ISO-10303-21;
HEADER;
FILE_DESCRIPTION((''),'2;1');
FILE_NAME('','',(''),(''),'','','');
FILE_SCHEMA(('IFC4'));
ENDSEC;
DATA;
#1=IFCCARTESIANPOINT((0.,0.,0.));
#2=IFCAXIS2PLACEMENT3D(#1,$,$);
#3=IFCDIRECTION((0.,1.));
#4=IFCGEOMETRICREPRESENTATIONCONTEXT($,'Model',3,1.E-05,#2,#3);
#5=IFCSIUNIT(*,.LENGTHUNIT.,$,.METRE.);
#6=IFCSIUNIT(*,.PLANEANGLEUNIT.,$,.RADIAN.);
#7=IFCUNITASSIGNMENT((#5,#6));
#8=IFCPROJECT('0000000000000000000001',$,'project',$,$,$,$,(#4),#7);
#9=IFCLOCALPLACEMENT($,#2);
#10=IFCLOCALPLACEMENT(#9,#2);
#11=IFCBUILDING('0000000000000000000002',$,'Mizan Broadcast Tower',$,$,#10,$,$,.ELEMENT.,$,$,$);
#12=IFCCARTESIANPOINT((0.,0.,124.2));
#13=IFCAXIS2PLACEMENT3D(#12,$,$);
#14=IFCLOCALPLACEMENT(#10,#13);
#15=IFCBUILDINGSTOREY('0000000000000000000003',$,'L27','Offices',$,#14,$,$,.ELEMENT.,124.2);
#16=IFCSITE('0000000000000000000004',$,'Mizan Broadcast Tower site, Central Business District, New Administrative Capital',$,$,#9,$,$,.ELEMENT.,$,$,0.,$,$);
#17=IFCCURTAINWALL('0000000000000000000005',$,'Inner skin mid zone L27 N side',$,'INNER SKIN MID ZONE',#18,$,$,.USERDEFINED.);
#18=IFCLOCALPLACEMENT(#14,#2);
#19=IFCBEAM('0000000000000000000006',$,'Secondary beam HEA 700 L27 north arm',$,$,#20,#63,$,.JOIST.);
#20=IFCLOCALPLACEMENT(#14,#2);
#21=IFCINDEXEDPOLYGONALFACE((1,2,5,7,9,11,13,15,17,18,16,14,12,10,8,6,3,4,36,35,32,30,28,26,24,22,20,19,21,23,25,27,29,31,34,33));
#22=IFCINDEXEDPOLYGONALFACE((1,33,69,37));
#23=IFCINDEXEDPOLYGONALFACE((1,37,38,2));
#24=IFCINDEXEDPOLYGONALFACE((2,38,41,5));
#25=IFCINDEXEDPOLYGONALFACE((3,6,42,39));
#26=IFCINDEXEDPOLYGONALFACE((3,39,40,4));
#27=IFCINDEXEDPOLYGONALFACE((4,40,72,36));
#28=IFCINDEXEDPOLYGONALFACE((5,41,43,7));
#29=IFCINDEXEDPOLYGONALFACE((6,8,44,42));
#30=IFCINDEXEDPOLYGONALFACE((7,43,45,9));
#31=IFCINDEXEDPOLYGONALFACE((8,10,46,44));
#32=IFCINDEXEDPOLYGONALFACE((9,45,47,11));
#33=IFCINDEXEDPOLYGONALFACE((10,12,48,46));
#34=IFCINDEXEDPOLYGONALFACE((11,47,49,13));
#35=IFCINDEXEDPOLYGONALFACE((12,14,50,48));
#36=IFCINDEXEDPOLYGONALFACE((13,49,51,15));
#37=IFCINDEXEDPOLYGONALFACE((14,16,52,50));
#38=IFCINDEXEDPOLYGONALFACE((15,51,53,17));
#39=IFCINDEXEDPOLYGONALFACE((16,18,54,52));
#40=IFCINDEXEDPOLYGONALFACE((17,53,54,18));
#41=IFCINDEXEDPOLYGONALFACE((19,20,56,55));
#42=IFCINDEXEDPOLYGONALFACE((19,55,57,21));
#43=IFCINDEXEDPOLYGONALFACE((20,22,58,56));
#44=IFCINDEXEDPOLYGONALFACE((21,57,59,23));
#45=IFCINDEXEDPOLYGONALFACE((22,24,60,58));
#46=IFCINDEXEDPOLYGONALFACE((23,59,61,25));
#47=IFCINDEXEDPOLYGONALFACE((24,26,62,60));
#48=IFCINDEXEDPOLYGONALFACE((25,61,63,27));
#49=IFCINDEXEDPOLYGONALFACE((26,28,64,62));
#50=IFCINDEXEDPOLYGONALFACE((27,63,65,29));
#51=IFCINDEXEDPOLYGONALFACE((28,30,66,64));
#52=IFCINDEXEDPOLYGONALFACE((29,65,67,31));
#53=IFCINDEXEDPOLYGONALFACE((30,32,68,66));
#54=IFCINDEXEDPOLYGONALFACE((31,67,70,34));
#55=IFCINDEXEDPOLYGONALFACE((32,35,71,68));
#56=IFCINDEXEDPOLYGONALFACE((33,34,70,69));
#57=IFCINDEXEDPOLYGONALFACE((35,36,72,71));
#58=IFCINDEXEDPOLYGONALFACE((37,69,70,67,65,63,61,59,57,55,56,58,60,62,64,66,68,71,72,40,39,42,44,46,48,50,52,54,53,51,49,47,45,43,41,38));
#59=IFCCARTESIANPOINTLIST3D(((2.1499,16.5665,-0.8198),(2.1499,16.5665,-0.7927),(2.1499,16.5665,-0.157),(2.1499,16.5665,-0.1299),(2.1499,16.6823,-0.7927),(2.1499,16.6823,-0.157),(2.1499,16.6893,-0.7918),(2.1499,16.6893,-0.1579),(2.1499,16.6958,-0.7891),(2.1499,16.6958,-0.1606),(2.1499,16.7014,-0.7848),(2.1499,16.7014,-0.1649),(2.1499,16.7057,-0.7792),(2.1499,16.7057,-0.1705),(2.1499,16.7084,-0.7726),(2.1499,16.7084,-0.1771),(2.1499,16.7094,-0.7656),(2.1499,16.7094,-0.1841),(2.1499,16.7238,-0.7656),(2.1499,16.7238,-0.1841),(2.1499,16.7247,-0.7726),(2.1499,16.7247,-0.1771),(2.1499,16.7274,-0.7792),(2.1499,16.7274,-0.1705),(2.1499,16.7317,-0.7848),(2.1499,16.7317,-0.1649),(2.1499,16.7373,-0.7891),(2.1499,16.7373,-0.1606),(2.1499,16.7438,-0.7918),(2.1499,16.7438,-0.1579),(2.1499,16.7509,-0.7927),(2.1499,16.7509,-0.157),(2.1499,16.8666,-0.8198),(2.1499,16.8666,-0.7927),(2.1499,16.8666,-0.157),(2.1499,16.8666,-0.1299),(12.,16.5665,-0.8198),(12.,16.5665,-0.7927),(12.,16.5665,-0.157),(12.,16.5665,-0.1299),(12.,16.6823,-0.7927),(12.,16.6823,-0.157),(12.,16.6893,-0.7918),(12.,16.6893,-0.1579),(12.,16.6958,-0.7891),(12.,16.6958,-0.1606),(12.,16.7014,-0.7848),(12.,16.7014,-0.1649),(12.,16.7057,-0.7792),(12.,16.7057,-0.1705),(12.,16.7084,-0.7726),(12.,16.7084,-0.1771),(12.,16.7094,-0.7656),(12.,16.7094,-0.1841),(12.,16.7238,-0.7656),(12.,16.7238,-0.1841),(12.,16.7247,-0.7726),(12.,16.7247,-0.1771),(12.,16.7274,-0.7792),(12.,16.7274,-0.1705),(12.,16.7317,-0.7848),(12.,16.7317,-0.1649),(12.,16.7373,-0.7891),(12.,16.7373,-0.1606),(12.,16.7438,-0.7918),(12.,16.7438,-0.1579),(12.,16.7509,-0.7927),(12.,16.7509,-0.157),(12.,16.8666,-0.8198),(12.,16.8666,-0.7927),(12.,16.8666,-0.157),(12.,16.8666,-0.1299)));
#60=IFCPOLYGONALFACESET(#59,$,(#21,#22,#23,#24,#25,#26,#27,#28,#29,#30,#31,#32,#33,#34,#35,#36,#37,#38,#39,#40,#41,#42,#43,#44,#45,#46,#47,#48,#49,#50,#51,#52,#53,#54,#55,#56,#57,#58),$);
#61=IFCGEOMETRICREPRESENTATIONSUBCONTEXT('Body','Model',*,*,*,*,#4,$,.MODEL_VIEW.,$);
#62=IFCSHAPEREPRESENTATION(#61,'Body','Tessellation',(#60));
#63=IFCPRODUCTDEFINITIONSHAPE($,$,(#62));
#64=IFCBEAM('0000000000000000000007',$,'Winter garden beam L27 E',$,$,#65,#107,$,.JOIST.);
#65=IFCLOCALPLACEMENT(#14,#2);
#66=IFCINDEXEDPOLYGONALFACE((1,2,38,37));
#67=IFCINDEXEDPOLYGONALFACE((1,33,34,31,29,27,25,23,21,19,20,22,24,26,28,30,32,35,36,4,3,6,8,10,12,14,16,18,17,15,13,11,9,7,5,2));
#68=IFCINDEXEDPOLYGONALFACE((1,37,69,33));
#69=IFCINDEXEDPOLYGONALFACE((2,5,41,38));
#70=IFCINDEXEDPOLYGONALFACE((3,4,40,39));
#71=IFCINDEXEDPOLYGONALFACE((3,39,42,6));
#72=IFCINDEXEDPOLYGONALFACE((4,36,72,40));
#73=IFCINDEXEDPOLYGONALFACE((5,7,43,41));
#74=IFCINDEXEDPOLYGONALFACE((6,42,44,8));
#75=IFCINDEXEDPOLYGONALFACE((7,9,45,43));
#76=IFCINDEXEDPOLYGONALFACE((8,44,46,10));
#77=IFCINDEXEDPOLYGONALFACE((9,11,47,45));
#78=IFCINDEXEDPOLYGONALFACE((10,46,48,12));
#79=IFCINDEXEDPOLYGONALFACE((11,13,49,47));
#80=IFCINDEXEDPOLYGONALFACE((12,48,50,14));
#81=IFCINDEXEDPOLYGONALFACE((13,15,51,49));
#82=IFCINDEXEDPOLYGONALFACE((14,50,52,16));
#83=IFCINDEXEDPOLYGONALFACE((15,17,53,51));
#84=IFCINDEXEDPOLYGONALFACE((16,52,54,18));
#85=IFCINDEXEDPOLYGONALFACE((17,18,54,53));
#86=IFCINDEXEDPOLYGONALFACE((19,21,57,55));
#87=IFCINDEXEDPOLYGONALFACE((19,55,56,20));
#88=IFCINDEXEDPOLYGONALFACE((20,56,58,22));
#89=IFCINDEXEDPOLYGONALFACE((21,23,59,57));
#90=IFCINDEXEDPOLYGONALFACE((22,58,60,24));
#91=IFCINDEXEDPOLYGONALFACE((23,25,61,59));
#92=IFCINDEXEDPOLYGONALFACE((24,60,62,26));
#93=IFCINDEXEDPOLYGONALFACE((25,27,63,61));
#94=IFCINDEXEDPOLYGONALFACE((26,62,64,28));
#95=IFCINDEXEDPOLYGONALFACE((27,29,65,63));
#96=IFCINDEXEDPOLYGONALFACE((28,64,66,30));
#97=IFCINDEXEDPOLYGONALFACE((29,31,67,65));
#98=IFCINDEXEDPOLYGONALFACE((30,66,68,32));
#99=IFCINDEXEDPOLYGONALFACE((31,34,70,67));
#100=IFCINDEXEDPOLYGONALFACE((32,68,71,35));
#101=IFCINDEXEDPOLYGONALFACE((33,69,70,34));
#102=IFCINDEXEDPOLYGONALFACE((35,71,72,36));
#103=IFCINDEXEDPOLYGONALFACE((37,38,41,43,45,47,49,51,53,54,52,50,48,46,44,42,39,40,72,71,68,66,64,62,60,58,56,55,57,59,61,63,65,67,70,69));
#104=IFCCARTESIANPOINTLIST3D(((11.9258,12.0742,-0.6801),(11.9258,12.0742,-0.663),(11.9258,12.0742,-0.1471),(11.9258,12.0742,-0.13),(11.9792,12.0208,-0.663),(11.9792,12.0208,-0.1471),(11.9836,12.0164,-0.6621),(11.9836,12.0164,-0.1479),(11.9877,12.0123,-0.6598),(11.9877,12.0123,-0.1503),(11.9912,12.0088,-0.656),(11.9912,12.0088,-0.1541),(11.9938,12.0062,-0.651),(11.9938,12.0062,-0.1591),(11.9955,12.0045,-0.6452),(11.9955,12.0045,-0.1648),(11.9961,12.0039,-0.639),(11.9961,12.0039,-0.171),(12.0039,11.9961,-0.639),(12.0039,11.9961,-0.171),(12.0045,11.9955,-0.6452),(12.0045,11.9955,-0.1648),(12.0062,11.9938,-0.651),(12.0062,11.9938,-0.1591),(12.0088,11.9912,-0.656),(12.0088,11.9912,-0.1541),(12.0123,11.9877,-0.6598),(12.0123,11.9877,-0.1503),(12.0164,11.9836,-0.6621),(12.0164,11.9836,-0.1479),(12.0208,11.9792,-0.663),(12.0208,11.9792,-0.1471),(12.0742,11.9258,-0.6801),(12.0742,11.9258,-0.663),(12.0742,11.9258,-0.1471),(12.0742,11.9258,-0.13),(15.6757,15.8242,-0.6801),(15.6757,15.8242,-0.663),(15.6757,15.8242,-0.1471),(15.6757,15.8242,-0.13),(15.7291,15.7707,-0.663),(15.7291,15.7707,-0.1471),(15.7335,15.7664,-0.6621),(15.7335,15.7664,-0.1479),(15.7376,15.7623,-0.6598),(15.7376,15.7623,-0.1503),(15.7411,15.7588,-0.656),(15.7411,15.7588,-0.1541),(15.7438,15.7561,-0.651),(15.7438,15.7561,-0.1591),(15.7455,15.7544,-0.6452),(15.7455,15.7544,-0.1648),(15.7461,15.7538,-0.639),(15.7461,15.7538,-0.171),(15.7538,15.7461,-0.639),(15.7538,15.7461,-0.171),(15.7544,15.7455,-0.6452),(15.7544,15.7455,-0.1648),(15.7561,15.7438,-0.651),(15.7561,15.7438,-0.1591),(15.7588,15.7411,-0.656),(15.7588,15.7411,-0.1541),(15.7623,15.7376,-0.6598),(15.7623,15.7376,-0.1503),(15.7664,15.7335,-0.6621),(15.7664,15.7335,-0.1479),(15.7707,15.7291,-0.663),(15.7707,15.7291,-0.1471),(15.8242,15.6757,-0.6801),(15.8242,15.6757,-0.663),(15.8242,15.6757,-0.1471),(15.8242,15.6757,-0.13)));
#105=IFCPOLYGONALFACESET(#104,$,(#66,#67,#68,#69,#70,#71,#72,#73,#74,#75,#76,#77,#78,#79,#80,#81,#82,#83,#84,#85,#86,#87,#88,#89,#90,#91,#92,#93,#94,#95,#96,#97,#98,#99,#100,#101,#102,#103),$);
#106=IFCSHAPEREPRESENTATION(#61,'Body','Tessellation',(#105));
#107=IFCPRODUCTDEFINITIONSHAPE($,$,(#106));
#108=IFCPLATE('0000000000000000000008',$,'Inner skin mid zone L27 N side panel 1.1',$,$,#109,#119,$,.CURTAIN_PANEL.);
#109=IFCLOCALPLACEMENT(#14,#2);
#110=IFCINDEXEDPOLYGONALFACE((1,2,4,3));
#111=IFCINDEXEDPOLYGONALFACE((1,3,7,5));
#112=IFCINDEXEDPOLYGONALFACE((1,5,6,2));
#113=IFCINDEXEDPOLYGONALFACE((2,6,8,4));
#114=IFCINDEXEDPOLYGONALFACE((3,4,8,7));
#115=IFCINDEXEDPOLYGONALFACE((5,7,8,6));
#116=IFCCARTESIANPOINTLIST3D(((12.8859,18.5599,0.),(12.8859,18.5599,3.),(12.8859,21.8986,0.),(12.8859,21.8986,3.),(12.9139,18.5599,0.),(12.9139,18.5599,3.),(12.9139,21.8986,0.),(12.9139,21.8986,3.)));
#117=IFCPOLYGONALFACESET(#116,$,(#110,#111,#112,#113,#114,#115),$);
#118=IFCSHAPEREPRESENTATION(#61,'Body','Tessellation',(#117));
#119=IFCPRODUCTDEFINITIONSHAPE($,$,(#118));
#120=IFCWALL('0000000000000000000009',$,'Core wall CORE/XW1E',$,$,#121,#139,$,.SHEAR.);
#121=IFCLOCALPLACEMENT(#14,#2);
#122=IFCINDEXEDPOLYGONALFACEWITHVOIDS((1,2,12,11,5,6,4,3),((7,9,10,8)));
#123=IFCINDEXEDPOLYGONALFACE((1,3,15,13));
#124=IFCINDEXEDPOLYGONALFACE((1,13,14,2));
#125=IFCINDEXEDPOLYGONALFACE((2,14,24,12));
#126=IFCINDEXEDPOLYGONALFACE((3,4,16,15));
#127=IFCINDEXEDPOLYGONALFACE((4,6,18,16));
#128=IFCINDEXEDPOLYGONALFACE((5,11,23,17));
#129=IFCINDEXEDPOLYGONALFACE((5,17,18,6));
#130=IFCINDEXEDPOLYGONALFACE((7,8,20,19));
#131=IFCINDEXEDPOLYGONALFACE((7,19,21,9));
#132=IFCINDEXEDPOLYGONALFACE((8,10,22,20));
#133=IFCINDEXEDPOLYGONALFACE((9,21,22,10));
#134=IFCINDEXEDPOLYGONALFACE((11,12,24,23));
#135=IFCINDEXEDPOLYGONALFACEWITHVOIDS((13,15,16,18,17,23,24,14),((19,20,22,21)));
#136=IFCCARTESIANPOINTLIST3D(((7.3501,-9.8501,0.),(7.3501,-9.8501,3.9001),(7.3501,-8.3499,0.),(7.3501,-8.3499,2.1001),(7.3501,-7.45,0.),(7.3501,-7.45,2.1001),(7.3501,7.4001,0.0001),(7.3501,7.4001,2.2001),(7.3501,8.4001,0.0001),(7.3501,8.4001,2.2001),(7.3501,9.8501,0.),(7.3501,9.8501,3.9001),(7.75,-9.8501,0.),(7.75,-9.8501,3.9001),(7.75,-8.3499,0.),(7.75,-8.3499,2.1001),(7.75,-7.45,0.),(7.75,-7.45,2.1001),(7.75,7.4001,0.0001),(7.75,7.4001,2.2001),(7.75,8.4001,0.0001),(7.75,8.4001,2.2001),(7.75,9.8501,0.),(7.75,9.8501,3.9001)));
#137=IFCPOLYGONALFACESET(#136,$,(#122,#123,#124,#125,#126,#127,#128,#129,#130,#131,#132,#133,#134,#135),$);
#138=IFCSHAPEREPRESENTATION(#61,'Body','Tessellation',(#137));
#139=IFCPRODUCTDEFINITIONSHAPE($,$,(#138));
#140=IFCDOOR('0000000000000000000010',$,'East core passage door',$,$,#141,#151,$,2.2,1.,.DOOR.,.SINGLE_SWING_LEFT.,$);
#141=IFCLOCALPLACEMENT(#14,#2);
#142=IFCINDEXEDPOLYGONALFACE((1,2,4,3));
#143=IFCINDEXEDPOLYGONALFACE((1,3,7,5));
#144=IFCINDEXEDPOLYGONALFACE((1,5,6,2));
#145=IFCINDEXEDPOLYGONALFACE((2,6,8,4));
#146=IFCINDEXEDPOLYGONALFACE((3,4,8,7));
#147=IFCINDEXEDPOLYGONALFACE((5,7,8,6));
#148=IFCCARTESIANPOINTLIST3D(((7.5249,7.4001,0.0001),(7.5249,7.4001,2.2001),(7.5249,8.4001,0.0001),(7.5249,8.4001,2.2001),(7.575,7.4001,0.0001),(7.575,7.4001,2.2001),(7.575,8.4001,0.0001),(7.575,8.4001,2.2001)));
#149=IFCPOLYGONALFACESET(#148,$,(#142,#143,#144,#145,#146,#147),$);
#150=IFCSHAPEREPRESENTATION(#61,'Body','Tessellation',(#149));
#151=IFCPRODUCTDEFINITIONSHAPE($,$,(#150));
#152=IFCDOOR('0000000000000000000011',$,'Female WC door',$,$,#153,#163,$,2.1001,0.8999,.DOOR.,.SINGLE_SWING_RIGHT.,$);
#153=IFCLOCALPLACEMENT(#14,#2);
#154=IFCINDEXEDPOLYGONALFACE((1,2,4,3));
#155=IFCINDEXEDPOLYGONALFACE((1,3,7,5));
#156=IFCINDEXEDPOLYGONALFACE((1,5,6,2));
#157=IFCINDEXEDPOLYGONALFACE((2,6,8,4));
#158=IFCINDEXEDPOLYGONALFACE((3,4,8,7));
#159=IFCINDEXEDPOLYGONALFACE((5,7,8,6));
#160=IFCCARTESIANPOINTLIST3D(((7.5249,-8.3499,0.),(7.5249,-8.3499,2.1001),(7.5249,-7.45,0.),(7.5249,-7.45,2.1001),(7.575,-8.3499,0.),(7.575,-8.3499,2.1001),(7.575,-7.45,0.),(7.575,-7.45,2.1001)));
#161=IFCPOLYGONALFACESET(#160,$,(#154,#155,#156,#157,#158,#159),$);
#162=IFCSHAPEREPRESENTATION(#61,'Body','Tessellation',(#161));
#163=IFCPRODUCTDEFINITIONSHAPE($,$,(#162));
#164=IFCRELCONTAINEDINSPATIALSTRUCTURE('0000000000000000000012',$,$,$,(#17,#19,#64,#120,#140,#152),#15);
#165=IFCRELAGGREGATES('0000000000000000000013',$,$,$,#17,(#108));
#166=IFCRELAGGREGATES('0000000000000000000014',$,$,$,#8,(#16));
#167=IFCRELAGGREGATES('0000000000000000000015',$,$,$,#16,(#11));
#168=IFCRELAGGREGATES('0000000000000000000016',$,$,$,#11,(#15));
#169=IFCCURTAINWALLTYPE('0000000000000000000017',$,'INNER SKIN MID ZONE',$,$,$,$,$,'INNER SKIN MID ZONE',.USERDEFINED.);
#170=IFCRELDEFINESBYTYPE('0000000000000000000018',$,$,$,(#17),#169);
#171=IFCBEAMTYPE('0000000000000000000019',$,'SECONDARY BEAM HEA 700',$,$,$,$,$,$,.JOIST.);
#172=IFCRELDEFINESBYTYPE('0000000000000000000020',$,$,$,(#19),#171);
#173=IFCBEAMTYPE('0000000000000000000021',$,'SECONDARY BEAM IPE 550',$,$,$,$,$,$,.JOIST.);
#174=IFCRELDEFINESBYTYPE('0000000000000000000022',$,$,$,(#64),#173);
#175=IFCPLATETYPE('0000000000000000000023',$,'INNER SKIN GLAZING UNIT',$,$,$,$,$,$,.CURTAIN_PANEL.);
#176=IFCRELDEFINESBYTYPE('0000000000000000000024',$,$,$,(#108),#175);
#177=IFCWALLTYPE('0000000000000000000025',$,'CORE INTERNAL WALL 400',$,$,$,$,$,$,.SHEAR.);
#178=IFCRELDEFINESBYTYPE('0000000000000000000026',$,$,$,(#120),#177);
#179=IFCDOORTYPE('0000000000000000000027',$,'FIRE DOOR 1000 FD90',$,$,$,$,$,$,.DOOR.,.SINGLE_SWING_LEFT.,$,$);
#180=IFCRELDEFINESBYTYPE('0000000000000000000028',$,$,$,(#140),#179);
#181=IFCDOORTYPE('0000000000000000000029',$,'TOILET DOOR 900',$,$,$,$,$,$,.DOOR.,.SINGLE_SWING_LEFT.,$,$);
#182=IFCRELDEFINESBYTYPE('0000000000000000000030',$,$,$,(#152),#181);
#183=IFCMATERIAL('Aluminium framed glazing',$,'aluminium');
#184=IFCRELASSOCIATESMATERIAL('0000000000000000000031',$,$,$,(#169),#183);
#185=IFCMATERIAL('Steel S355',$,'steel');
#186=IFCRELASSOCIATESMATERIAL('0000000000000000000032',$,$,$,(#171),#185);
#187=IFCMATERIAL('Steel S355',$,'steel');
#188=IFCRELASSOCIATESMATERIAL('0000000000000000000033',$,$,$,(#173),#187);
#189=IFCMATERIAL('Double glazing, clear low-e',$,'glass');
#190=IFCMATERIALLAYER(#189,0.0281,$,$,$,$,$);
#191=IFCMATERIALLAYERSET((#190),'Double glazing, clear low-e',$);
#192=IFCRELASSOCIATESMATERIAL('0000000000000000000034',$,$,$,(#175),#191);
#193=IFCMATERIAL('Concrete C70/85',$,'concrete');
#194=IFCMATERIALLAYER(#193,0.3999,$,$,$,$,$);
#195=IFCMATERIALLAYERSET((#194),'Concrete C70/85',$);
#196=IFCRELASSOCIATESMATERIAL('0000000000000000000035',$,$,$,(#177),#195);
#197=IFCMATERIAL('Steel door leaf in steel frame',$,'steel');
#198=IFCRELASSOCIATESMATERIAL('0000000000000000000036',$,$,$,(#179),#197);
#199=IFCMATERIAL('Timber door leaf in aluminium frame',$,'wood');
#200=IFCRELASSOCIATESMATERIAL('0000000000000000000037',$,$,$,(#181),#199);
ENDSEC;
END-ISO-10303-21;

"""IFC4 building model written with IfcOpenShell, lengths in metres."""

from ifc_helpers import new_model, si_unit, direction, frame, frame_2d, origin, origin_2d, place, context, subcontext, project, spatial, rectangle, i_section, extrude, material, layer, layer_set, material_profile, profile_set, type_object, element, fill, aggregate, save


model = new_model("IFC4")

# Units and contexts
model_context = context("Model", 3, precision=1e-05, world=origin(), true_north=direction((0.0, 1.0)))
body_context = subcontext(model_context, "Body", "Model", "MODEL_VIEW")
ifc_project = project(units=[si_unit("LENGTHUNIT", "METRE"), si_unit("PLANEANGLEUNIT", "RADIAN")], contexts=[model_context])

# Site, building, storey
site_placement = place(None, origin())
site = spatial("IfcSite", under=ifc_project, at=site_placement, Name="Mizan Broadcast Tower site, Central Business District, New Administrative Capital", CompositionType="ELEMENT", RefElevation=0.0)
building_placement = place(site_placement, origin())
building = spatial("IfcBuilding", under=site, at=building_placement, Name="Mizan Broadcast Tower", CompositionType="ELEMENT")
storey_placement = place(building_placement, frame((0.0, 0.0, 124.2)))
storey = spatial("IfcBuildingStorey", under=building, at=storey_placement, Name="L27", Description="Offices", CompositionType="ELEMENT", Elevation=124.2)

# Curtain wall
ifc_material_1 = material(Name="Aluminium framed glazing", Category="aluminium")
curtain_wall_type_1 = type_object("IfcCurtainWallType", Name="INNER SKIN MID ZONE", ElementType="INNER SKIN MID ZONE", PredefinedType="USERDEFINED", material=ifc_material_1)
curtain_wall_1_placement = place(storey_placement, origin())
curtain_wall_1 = element("IfcCurtainWall", 1, at=curtain_wall_1_placement, inside=storey, type_object=curtain_wall_type_1, Name="Inner skin mid zone L27 N side", ObjectType="INNER SKIN MID ZONE", PredefinedType="USERDEFINED")

# Beams
ifc_material_2 = material(Name="Steel S355", Category="steel")
ifc_material_profile_1 = material_profile(ifc_material_2, i_section(OverallWidth=0.3, OverallDepth=0.6899, WebThickness=0.0144, FlangeThickness=0.0271, FilletRadius=0.0271, at=origin_2d()), Name="HEA 700")
ifc_profile_set_1 = profile_set([ifc_material_profile_1], Name="Steel S355")
beam_type_1 = type_object("IfcBeamType", Name="SECONDARY BEAM HEA 700", PredefinedType="JOIST", material=ifc_profile_set_1)
for number, where, z_axis, x_axis, name in (
    (2, (12.0, 16.7166, -0.4749), (-1.0, 0.0, 0.0), (0.0, -1.0, 0.0), "Secondary beam HEA 700 L27 north arm"),
):
    element("IfcBeam", number, at=place(storey_placement, frame(where, z_axis=z_axis, x_axis=x_axis)), inside=storey, type_object=beam_type_1, Name=name, PredefinedType="JOIST", context=body_context, shape_type="SweptSolid", body=[
        extrude(i_section(OverallWidth=0.3, OverallDepth=0.6899, WebThickness=0.0144, FlangeThickness=0.0271, FilletRadius=0.0271, at=origin_2d()), origin(), (0.0, 0.0, 1.0), 9.8501),
    ])
ifc_material_3 = material(Name="Steel S355", Category="steel")
ifc_material_profile_2 = material_profile(ifc_material_3, i_section(OverallWidth=0.21, OverallDepth=0.55, WebThickness=0.011, FlangeThickness=0.0171, FilletRadius=0.0239, at=origin_2d()), Name="IPE 550")
ifc_profile_set_2 = profile_set([ifc_material_profile_2], Name="Steel S355")
beam_type_2 = type_object("IfcBeamType", Name="SECONDARY BEAM IPE 550", PredefinedType="JOIST", material=ifc_profile_set_2)
beam_1_placement = place(storey_placement, frame((12.0, 12.0, -0.405), z_axis=(0.707107, 0.707107, 0.0), x_axis=(-0.707107, 0.707107, 0.0)))
element("IfcBeam", 3, at=beam_1_placement, inside=storey, type_object=beam_type_2, Name="Winter garden beam L27 E", PredefinedType="JOIST", context=body_context, shape_type="SweptSolid", body=[
    extrude(i_section(OverallWidth=0.21, OverallDepth=0.55, WebThickness=0.011, FlangeThickness=0.0171, FilletRadius=0.0239, at=origin_2d()), origin(), (0.0, 0.0, 1.0), 5.3032),
])

# Plate
ifc_material_4 = material(Name="Double glazing, clear low-e", Category="glass")
ifc_layer_1 = layer(ifc_material_4, 0.0281)
ifc_layer_set_1 = layer_set([ifc_layer_1], Name="Double glazing, clear low-e")
plate_type = type_object("IfcPlateType", Name="INNER SKIN GLAZING UNIT", PredefinedType="CURTAIN_PANEL", material=ifc_layer_set_1)
plate_placement = place(storey_placement, frame((12.8999, 20.2292, 0.0), z_axis=(0.0, 0.0, 1.0), x_axis=(0.0, 1.0, 0.0)))
plate = element("IfcPlate", 4, at=plate_placement, type_object=plate_type, Name="Inner skin mid zone L27 N side panel 1.1", PredefinedType="CURTAIN_PANEL", context=body_context, shape_type="SweptSolid", body=[
    extrude(rectangle(XDim=3.3386, YDim=0.0281, at=origin_2d()), origin(), (0.0, 0.0, 1.0), 3.0),
])
aggregate(curtain_wall_1, [plate])

# Wall, openings, doors
ifc_material_5 = material(Name="Concrete C70/85", Category="concrete")
ifc_layer_2 = layer(ifc_material_5, 0.3999)
ifc_layer_set_2 = layer_set([ifc_layer_2], Name="Concrete C70/85")
wall_type_1 = type_object("IfcWallType", Name="CORE INTERNAL WALL 400", PredefinedType="SHEAR", material=ifc_layer_set_2)
wall_1_placement = place(storey_placement, frame((7.55, 9.8501, 0.0), z_axis=(0.0, 0.0, 1.0), x_axis=(0.0, -1.0, 0.0)))
wall_1 = element("IfcWall", 5, at=wall_1_placement, inside=storey, type_object=wall_type_1, Name="Core wall CORE/XW1E", PredefinedType="SHEAR", context=body_context, shape_type="SweptSolid", body=[
    extrude(rectangle(XDim=19.7002, YDim=0.3999, at=frame_2d((9.8501, 0.0))), origin(), (0.0, 0.0, 1.0), 3.9001),
])
opening_1_placement = place(wall_1_placement, frame((1.45, 0.0, 0.0)))
opening_1 = element("IfcOpeningElement", 6, at=opening_1_placement, cuts=wall_1, PredefinedType="OPENING", context=body_context, shape_type="SweptSolid", body=[
    extrude(rectangle(XDim=1.0, YDim=2.2, at=frame_2d((0.5, 1.1001))), frame((0.0, 0.21, 0.0), z_axis=(0.0, -1.0, 0.0), x_axis=(1.0, 0.0, 0.0)), (0.0, 0.0, 1.0), 0.4199),
])
opening_2_placement = place(wall_1_placement, frame((17.3, 0.0, 0.0)))
opening_2 = element("IfcOpeningElement", 7, at=opening_2_placement, cuts=wall_1, PredefinedType="OPENING", context=body_context, shape_type="SweptSolid", body=[
    extrude(rectangle(XDim=0.8999, YDim=2.1001, at=frame_2d((0.45, 1.05))), frame((0.0, 0.21, 0.0), z_axis=(0.0, -1.0, 0.0), x_axis=(1.0, 0.0, 0.0)), (0.0, 0.0, 1.0), 0.4199),
])
ifc_material_6 = material(Name="Steel door leaf in steel frame", Category="steel")
door_type_1 = type_object("IfcDoorType", Name="FIRE DOOR 1000 FD90", OperationType="SINGLE_SWING_LEFT", PredefinedType="DOOR", material=ifc_material_6)
door_1_placement = place(opening_1_placement, origin())
door_1 = element("IfcDoor", 8, at=door_1_placement, inside=storey, type_object=door_type_1, Name="East core passage door", OperationType="SINGLE_SWING_LEFT", OverallHeight=2.2, OverallWidth=1.0, PredefinedType="DOOR", context=body_context, shape_type="SweptSolid", body=[
    extrude(rectangle(XDim=1.0, YDim=2.2, at=frame_2d((0.5, 1.1001))), frame((0.0, 0.0249, 0.0), z_axis=(0.0, -1.0, 0.0), x_axis=(1.0, 0.0, 0.0)), (0.0, 0.0, 1.0), 0.05),
])
fill(opening_1, door_1)
ifc_material_7 = material(Name="Timber door leaf in aluminium frame", Category="wood")
door_type_2 = type_object("IfcDoorType", Name="TOILET DOOR 900", OperationType="SINGLE_SWING_LEFT", PredefinedType="DOOR", material=ifc_material_7)
door_2_placement = place(opening_2_placement, origin())
door_2 = element("IfcDoor", 9, at=door_2_placement, inside=storey, type_object=door_type_2, Name="Female WC door", OperationType="SINGLE_SWING_RIGHT", OverallHeight=2.1001, OverallWidth=0.8999, PredefinedType="DOOR", context=body_context, shape_type="SweptSolid", body=[
    extrude(rectangle(XDim=0.8999, YDim=2.1001, at=frame_2d((0.45, 1.05))), frame((0.0, 0.0249, 0.0), z_axis=(0.0, -1.0, 0.0), x_axis=(1.0, 0.0, 0.0)), (0.0, 0.0, 1.0), 0.05),
])
fill(opening_2, door_2)

save(model, "model.ifc")
